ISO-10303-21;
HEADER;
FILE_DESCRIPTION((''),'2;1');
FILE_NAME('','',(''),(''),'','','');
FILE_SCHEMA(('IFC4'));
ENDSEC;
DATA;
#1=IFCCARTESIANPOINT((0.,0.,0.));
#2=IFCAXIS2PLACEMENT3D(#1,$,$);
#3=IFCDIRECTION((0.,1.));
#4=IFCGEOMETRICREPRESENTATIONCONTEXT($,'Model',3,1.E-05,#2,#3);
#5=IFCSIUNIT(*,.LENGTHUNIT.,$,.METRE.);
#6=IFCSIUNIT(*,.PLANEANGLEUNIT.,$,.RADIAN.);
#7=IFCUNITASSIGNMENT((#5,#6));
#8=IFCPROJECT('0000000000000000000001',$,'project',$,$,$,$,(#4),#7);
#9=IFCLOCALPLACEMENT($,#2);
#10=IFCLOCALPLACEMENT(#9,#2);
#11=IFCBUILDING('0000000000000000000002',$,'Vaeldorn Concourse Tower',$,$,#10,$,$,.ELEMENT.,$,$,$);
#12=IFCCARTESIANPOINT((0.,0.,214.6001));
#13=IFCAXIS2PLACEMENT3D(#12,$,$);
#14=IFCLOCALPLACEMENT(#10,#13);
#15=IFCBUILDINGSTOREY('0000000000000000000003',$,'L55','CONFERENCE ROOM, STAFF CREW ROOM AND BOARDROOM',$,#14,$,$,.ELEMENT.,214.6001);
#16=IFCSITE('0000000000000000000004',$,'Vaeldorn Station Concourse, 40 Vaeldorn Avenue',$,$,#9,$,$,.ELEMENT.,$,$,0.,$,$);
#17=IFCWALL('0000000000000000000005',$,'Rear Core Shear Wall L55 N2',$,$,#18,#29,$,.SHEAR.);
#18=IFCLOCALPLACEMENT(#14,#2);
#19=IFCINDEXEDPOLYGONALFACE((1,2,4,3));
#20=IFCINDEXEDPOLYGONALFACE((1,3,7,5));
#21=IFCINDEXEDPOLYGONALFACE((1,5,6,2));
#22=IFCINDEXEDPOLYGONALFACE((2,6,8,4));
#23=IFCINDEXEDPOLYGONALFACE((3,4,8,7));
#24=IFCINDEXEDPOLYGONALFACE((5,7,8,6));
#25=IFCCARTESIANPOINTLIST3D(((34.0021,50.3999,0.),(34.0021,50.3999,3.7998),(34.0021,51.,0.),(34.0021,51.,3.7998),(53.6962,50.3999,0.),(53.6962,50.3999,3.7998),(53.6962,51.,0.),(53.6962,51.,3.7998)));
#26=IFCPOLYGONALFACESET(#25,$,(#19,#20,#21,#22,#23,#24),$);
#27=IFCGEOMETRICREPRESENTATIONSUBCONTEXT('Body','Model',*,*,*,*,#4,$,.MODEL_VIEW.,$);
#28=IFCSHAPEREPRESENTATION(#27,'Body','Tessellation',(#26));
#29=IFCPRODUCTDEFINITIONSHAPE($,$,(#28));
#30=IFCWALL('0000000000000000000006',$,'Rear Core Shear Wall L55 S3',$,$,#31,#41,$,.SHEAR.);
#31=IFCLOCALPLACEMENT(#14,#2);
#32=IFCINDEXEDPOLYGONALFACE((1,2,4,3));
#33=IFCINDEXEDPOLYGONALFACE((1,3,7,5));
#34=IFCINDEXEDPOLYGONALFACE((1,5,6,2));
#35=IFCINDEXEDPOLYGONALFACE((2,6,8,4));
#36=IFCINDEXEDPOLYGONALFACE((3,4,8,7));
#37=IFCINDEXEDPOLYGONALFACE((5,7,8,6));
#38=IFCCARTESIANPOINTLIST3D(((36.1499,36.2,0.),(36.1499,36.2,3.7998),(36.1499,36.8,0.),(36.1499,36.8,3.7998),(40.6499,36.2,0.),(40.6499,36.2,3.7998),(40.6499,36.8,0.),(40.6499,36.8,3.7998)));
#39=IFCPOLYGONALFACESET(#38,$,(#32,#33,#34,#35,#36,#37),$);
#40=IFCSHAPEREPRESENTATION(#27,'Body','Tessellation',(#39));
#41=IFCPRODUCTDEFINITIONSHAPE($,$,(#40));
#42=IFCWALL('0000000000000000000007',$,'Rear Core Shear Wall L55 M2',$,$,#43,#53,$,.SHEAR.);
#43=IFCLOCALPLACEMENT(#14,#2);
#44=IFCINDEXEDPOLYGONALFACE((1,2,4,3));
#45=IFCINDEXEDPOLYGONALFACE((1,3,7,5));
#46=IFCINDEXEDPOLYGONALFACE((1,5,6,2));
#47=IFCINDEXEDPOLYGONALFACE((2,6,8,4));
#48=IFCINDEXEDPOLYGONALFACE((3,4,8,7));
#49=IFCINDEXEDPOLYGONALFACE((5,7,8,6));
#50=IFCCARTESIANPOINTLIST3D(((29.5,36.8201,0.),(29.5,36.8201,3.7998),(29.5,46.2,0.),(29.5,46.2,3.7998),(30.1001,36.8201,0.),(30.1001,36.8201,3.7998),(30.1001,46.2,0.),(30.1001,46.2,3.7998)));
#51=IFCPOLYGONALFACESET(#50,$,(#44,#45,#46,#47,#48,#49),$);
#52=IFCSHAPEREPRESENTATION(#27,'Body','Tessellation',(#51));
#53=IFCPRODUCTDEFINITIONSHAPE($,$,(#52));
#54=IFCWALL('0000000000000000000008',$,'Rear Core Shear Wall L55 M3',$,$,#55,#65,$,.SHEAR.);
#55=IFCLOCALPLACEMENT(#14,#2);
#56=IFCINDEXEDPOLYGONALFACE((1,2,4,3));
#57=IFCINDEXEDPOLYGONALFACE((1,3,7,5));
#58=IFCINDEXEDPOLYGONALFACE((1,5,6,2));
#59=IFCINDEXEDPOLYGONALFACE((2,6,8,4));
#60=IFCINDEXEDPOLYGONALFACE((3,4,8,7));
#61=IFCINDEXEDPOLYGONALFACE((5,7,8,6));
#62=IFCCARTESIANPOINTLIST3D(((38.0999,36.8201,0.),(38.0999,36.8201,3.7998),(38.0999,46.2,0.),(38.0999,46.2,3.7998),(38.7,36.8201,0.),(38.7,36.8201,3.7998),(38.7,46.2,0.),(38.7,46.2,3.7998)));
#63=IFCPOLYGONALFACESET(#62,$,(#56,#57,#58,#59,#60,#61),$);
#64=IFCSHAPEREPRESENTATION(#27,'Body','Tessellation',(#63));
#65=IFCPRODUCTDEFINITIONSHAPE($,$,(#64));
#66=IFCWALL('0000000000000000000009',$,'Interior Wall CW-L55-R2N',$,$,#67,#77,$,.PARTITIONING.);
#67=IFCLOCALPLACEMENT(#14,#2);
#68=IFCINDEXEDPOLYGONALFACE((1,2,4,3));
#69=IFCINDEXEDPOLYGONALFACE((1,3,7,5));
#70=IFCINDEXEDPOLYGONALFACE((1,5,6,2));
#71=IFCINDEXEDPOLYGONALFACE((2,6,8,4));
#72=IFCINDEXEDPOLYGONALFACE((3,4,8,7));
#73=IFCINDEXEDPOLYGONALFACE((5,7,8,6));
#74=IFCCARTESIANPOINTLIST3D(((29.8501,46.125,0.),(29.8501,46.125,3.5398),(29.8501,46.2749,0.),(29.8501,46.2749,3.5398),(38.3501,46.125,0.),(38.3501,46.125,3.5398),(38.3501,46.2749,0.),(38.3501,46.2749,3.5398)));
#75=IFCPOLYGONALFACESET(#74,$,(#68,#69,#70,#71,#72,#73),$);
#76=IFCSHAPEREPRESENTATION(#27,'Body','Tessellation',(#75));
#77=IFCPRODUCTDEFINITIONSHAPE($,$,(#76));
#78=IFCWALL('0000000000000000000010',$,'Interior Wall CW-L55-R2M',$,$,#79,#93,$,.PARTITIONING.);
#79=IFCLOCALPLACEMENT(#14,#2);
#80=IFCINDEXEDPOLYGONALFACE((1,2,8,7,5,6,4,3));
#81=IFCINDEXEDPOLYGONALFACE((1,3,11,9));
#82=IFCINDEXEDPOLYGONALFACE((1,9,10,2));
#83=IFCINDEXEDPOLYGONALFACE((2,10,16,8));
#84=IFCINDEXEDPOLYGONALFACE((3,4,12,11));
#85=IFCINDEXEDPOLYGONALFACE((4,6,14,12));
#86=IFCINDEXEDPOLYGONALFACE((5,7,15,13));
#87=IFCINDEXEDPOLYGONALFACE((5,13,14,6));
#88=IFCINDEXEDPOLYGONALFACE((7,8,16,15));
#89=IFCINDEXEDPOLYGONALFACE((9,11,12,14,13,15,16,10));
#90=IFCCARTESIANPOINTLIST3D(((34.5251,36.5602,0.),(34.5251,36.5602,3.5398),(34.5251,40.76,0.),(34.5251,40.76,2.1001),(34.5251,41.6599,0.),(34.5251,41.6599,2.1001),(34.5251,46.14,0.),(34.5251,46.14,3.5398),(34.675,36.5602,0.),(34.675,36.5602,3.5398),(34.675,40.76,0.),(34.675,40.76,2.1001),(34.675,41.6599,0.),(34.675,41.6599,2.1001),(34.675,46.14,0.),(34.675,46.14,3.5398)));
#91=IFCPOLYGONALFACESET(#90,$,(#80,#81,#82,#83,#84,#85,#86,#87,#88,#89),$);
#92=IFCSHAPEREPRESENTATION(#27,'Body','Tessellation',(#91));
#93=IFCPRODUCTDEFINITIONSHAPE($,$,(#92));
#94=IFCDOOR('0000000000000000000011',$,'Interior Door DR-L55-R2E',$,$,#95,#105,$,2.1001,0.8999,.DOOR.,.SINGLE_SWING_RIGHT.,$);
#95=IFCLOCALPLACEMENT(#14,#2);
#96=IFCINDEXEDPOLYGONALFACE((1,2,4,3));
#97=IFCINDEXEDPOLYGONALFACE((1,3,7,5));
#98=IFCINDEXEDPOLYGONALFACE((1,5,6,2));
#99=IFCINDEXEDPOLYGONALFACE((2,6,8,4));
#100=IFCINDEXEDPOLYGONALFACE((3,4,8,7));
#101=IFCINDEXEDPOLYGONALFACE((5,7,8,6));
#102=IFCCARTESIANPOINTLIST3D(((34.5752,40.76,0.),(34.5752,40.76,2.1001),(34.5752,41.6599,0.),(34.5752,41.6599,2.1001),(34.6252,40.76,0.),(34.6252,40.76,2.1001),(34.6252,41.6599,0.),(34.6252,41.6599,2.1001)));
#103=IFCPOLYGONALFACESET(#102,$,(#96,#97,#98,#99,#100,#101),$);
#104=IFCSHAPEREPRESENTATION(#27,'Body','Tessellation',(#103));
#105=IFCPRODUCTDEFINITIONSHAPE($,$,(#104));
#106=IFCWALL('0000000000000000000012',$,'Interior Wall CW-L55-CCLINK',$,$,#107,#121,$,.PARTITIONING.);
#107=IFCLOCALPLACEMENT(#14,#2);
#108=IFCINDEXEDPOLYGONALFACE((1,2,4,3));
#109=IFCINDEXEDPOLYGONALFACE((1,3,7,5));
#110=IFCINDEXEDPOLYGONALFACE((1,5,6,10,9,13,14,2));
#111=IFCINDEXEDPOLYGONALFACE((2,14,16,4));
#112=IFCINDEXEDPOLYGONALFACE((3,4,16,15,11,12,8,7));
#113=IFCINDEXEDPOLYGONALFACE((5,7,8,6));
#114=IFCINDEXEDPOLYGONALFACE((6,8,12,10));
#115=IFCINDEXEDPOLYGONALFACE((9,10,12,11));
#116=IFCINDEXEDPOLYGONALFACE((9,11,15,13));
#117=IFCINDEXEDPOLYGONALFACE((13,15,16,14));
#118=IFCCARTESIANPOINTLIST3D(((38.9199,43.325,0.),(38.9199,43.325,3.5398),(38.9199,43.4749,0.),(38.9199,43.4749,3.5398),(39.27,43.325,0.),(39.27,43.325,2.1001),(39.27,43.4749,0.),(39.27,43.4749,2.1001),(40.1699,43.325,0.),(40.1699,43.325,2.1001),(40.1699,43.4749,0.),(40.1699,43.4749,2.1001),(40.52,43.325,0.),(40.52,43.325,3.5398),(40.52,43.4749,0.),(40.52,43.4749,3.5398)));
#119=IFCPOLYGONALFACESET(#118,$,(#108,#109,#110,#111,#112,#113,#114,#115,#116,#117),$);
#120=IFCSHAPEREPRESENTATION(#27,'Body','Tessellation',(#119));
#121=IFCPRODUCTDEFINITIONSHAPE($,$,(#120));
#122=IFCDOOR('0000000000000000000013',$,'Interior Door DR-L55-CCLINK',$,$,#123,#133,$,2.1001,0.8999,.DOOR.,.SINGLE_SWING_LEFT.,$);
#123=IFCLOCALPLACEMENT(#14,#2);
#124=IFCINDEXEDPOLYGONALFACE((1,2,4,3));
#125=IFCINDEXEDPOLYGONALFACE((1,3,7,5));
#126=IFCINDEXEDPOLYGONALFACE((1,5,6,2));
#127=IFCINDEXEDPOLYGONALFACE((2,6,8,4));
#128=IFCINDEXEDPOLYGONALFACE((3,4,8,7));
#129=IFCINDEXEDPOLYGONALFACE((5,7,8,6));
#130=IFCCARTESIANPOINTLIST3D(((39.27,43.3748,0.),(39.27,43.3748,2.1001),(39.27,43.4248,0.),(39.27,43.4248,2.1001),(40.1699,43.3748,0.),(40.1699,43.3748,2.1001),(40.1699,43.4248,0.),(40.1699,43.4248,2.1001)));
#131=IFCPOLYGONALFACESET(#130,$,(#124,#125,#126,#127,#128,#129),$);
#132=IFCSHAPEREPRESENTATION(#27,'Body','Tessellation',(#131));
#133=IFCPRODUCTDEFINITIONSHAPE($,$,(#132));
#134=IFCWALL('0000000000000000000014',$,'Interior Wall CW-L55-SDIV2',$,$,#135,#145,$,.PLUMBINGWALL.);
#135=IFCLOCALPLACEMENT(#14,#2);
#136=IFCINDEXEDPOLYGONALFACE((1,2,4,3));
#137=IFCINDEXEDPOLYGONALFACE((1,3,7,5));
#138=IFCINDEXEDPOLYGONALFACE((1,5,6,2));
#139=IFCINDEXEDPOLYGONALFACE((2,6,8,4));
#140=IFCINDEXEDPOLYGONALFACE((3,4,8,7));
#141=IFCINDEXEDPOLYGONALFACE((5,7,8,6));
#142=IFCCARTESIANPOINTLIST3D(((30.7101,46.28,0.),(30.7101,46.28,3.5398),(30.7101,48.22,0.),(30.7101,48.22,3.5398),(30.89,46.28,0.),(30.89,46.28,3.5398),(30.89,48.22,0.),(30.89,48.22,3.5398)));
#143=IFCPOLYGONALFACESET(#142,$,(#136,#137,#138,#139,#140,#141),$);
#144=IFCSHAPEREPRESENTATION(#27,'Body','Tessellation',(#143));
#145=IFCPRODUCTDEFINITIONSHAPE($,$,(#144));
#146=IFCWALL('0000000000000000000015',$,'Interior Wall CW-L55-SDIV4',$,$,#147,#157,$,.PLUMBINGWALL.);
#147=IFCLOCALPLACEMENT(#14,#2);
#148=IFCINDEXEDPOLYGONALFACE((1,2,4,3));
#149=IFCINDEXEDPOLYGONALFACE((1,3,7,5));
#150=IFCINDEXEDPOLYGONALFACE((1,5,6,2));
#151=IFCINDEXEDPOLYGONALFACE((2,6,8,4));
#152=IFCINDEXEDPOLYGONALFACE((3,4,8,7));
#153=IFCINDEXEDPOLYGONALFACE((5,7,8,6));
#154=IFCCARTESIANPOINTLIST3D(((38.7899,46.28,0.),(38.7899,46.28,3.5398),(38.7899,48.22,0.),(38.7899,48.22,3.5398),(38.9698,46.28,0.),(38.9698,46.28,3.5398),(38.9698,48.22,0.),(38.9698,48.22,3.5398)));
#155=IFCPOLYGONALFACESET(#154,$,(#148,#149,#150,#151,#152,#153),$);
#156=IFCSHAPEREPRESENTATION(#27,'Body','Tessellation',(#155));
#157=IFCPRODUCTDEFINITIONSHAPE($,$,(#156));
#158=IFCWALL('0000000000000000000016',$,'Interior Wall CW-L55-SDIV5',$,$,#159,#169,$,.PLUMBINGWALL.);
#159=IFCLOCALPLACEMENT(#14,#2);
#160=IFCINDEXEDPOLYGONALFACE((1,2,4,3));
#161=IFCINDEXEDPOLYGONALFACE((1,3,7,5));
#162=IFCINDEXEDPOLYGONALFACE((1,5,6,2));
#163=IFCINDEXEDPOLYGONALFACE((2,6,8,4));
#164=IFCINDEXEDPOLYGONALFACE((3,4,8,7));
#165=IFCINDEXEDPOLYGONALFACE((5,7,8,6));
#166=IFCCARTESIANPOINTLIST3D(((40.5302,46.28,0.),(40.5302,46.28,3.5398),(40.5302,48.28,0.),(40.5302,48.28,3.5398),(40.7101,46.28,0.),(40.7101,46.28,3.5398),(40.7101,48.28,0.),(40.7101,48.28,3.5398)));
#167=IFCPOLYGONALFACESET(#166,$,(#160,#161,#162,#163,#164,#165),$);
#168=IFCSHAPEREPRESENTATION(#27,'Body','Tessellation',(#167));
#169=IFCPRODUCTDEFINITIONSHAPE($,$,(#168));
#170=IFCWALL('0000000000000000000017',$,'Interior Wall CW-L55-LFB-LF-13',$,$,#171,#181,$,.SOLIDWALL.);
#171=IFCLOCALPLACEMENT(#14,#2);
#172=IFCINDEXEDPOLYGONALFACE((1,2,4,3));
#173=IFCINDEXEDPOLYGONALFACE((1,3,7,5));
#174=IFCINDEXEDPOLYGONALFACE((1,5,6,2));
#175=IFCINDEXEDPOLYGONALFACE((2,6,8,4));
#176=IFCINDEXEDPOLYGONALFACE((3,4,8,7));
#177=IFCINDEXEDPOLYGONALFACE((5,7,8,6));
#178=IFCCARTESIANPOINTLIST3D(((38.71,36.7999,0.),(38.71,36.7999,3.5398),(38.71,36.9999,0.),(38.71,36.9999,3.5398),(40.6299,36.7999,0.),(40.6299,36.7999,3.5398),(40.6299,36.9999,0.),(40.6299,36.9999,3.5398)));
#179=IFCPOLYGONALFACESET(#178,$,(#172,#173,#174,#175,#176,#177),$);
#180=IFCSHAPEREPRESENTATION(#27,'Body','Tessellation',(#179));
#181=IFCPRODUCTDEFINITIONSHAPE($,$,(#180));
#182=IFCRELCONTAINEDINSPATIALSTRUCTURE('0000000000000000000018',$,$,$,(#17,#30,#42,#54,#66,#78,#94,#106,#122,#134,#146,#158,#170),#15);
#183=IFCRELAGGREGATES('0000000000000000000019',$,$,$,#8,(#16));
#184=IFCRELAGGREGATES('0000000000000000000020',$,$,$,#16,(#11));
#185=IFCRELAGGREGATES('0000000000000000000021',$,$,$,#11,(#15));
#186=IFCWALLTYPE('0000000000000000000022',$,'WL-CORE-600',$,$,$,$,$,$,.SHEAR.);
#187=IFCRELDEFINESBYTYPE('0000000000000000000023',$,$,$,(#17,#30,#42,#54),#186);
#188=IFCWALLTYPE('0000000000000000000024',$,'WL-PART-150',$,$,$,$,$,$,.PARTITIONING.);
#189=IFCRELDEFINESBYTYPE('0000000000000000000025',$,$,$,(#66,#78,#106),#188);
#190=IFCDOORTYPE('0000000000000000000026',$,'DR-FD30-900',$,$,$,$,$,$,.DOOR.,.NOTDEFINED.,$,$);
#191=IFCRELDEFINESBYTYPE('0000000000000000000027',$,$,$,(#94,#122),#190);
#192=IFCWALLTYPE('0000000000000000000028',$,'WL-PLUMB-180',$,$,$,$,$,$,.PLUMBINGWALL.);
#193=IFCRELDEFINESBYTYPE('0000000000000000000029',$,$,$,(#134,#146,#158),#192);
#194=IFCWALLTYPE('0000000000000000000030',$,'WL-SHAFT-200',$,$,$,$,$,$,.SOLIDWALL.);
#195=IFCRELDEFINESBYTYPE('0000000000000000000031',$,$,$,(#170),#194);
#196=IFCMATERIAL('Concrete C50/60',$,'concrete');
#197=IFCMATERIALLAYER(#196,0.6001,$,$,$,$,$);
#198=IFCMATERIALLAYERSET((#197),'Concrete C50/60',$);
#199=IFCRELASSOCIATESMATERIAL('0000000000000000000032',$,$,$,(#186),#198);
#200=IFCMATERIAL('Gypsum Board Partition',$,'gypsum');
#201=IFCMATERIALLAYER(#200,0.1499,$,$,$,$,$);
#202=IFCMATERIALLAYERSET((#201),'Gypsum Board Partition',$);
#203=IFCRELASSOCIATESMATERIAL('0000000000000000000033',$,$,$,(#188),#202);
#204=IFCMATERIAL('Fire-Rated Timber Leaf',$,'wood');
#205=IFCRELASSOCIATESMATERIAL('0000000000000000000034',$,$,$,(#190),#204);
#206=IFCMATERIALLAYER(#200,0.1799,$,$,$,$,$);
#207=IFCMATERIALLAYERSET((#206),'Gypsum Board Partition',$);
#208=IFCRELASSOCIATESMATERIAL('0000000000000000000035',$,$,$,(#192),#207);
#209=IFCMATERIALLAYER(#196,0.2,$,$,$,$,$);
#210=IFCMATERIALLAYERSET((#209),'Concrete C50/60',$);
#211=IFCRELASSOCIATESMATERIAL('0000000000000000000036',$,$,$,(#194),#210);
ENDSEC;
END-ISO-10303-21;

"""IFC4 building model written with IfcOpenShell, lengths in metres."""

from ifc_helpers import new_model, si_unit, direction, frame, frame_2d, origin, place, context, subcontext, project, spatial, rectangle, extrude, source, transform, mapped, material, layer, layer_set, type_object, element, fill, save


model = new_model("IFC4")

# Units and contexts
model_context = context("Model", 3, precision=1e-05, world=origin(), true_north=direction((0.0, 1.0)))
body_context = subcontext(model_context, "Body", "Model", "MODEL_VIEW")
ifc_project = project(units=[si_unit("LENGTHUNIT", "METRE"), si_unit("PLANEANGLEUNIT", "RADIAN")], contexts=[model_context])

# Site, building, storey
site_placement = place(None, origin())
site = spatial("IfcSite", under=ifc_project, at=site_placement, Name="Vaeldorn Station Concourse, 40 Vaeldorn Avenue", CompositionType="ELEMENT", RefElevation=0.0)
building_placement = place(site_placement, origin())
building = spatial("IfcBuilding", under=site, at=building_placement, Name="Vaeldorn Concourse Tower", CompositionType="ELEMENT")
storey_placement = place(building_placement, frame((0.0, 0.0, 214.6001)))
storey = spatial("IfcBuildingStorey", under=building, at=storey_placement, Name="L55", Description="CONFERENCE ROOM, STAFF CREW ROOM AND BOARDROOM", CompositionType="ELEMENT", Elevation=214.6001)

# Walls
ifc_material_1 = material(Name="Concrete C50/60", Category="concrete")
ifc_layer_1 = layer(ifc_material_1, 0.6001)
ifc_layer_set_1 = layer_set([ifc_layer_1], Name="Concrete C50/60")
wall_type_1 = type_object("IfcWallType", Name="WL-CORE-600", PredefinedType="SHEAR", material=ifc_layer_set_1)
wall_1_placement = place(storey_placement, frame((34.002, 50.7, 0.0), z_axis=(0.0, 0.0, 1.0), x_axis=(1.0, 0.0, 0.0)))
element("IfcWall", 1, at=wall_1_placement, inside=storey, type_object=wall_type_1, Name="Rear Core Shear Wall L55 N2", PredefinedType="SHEAR", context=body_context, shape_type="SweptSolid", body=[
    extrude(rectangle(XDim=19.6941, YDim=0.6001, at=frame_2d((9.8472, 0.0))), origin(), (0.0, 0.0, 1.0), 3.7998),
])
wall_2_placement = place(storey_placement, frame((36.1499, 36.5, 0.0), z_axis=(0.0, 0.0, 1.0), x_axis=(1.0, 0.0, 0.0)))
element("IfcWall", 2, at=wall_2_placement, inside=storey, type_object=wall_type_1, Name="Rear Core Shear Wall L55 S3", PredefinedType="SHEAR", context=body_context, shape_type="SweptSolid", body=[
    extrude(rectangle(XDim=4.5, YDim=0.6001, at=frame_2d((2.25, 0.0))), origin(), (0.0, 0.0, 1.0), 3.7998),
])
for number, where, z_axis, x_axis, name in (
    (3, (29.8, 36.8201, 0.0), (0.0, 0.0, 1.0), (0.0, 1.0, 0.0), "Rear Core Shear Wall L55 M2"),
    (4, (38.3999, 36.8201, 0.0), (0.0, 0.0, 1.0), (0.0, 1.0, 0.0), "Rear Core Shear Wall L55 M3"),
):
    element("IfcWall", number, at=place(storey_placement, frame(where, z_axis=z_axis, x_axis=x_axis)), inside=storey, type_object=wall_type_1, Name=name, PredefinedType="SHEAR", context=body_context, shape_type="SweptSolid", body=[
        extrude(rectangle(XDim=9.3799, YDim=0.6001, at=frame_2d((4.6899, 0.0))), origin(), (0.0, 0.0, 1.0), 3.7998),
    ])
ifc_material_2 = material(Name="Gypsum Board Partition", Category="gypsum")
ifc_layer_2 = layer(ifc_material_2, 0.1499)
ifc_layer_set_2 = layer_set([ifc_layer_2], Name="Gypsum Board Partition")
wall_type_2 = type_object("IfcWallType", Name="WL-PART-150", PredefinedType="PARTITIONING", material=ifc_layer_set_2)
wall_3_placement = place(storey_placement, frame((29.8501, 46.2, 0.0), z_axis=(0.0, 0.0, 1.0), x_axis=(1.0, 0.0, 0.0)))
element("IfcWall", 5, at=wall_3_placement, inside=storey, type_object=wall_type_2, Name="Interior Wall CW-L55-R2N", PredefinedType="PARTITIONING", context=body_context, shape_type="SweptSolid", body=[
    extrude(rectangle(XDim=8.5, YDim=0.1499, at=frame_2d((4.25, 0.0))), origin(), (0.0, 0.0, 1.0), 3.5398),
])

# Walls, openings, doors
wall_4_placement = place(storey_placement, frame((34.6001, 36.5601, 0.0), z_axis=(0.0, 0.0, 1.0), x_axis=(0.0, 1.0, 0.0)))
wall_4 = element("IfcWall", 6, at=wall_4_placement, inside=storey, type_object=wall_type_2, Name="Interior Wall CW-L55-R2M", PredefinedType="PARTITIONING", context=body_context, shape_type="SweptSolid", body=[
    extrude(rectangle(XDim=9.5798, YDim=0.1499, at=frame_2d((4.79, 0.0))), origin(), (0.0, 0.0, 1.0), 3.5398),
])
opening_1_placement = place(wall_4_placement, frame((4.2, 0.0, 0.0)))
opening_1 = element("IfcOpeningElement", 7, at=opening_1_placement, cuts=wall_4, PredefinedType="OPENING", context=body_context, shape_type="SweptSolid", body=[
    extrude(rectangle(XDim=0.8999, YDim=2.1001, at=frame_2d((0.45, 1.05))), frame((0.0, 0.085, 0.0), z_axis=(0.0, -1.0, 0.0), x_axis=(1.0, 0.0, 0.0)), (0.0, 0.0, 1.0), 0.1699),
])
ifc_material_3 = material(Name="Fire-Rated Timber Leaf", Category="wood")
door_type_1 = type_object("IfcDoorType", Name="DR-FD30-900", OperationType="NOTDEFINED", PredefinedType="DOOR", material=ifc_material_3)
shared_shape_1 = source(origin(), body_context, "Body", "SweptSolid", [
    extrude(rectangle(XDim=0.8999, YDim=2.1001, at=frame_2d((0.45, 1.05))), frame((0.0, 0.0249, 0.0), z_axis=(0.0, -1.0, 0.0), x_axis=(1.0, 0.0, 0.0)), (0.0, 0.0, 1.0), 0.05),
])
door_1_placement = place(opening_1_placement, origin())
door_1 = element("IfcDoor", 8, at=door_1_placement, inside=storey, type_object=door_type_1, Name="Interior Door DR-L55-R2E", OperationType="SINGLE_SWING_RIGHT", OverallHeight=2.1001, OverallWidth=0.8999, PredefinedType="DOOR", context=body_context, shape_type="MappedRepresentation", body=[
    mapped(shared_shape_1, transform((0.0, 0.0, 0.0), scale=1.0)),
])
fill(opening_1, door_1)
wall_5_placement = place(storey_placement, frame((38.9199, 43.3999, 0.0), z_axis=(0.0, 0.0, 1.0), x_axis=(1.0, 0.0, 0.0)))
wall_5 = element("IfcWall", 9, at=wall_5_placement, inside=storey, type_object=wall_type_2, Name="Interior Wall CW-L55-CCLINK", PredefinedType="PARTITIONING", context=body_context, shape_type="SweptSolid", body=[
    extrude(rectangle(XDim=1.6001, YDim=0.1499, at=frame_2d((0.8, 0.0))), origin(), (0.0, 0.0, 1.0), 3.5398),
])
opening_2_placement = place(wall_5_placement, frame((0.3501, 0.0, 0.0)))
opening_2 = element("IfcOpeningElement", 10, at=opening_2_placement, cuts=wall_5, PredefinedType="OPENING", context=body_context, shape_type="SweptSolid", body=[
    extrude(rectangle(XDim=0.8999, YDim=2.1001, at=frame_2d((0.45, 1.05))), frame((0.0, 0.085, 0.0), z_axis=(0.0, -1.0, 0.0), x_axis=(1.0, 0.0, 0.0)), (0.0, 0.0, 1.0), 0.1699),
])
door_2_placement = place(opening_2_placement, origin())
door_2 = element("IfcDoor", 11, at=door_2_placement, inside=storey, type_object=door_type_1, Name="Interior Door DR-L55-CCLINK", OperationType="SINGLE_SWING_LEFT", OverallHeight=2.1001, OverallWidth=0.8999, PredefinedType="DOOR", context=body_context, shape_type="MappedRepresentation", body=[
    mapped(shared_shape_1, transform((0.0, 0.0, 0.0), scale=1.0)),
])
fill(opening_2, door_2)

# Walls
ifc_layer_3 = layer(ifc_material_2, 0.1799)
ifc_layer_set_3 = layer_set([ifc_layer_3], Name="Gypsum Board Partition")
wall_type_3 = type_object("IfcWallType", Name="WL-PLUMB-180", PredefinedType="PLUMBINGWALL", material=ifc_layer_set_3)
for number, where, z_axis, x_axis, name in (
    (12, (30.8, 46.28, 0.0), (0.0, 0.0, 1.0), (0.0, 1.0, 0.0), "Interior Wall CW-L55-SDIV2"),
    (13, (38.8799, 46.28, 0.0), (0.0, 0.0, 1.0), (0.0, 1.0, 0.0), "Interior Wall CW-L55-SDIV4"),
):
    element("IfcWall", number, at=place(storey_placement, frame(where, z_axis=z_axis, x_axis=x_axis)), inside=storey, type_object=wall_type_3, Name=name, PredefinedType="PLUMBINGWALL", context=body_context, shape_type="SweptSolid", body=[
        extrude(rectangle(XDim=1.9399, YDim=0.1799, at=frame_2d((0.97, 0.0))), origin(), (0.0, 0.0, 1.0), 3.5398),
    ])
wall_6_placement = place(storey_placement, frame((40.6201, 46.28, 0.0), z_axis=(0.0, 0.0, 1.0), x_axis=(0.0, 1.0, 0.0)))
element("IfcWall", 14, at=wall_6_placement, inside=storey, type_object=wall_type_3, Name="Interior Wall CW-L55-SDIV5", PredefinedType="PLUMBINGWALL", context=body_context, shape_type="SweptSolid", body=[
    extrude(rectangle(XDim=2.0, YDim=0.1799, at=frame_2d((1.0, 0.0))), origin(), (0.0, 0.0, 1.0), 3.5398),
])

# Shared definitions
ifc_layer_4 = layer(ifc_material_1, 0.2)
ifc_layer_set_4 = layer_set([ifc_layer_4], Name="Concrete C50/60")
wall_type_4 = type_object("IfcWallType", Name="WL-SHAFT-200", PredefinedType="SOLIDWALL", material=ifc_layer_set_4)

# Wall
wall_7_placement = place(storey_placement, frame((38.71, 36.8999, 0.0), z_axis=(0.0, 0.0, 1.0), x_axis=(1.0, 0.0, 0.0)))
element("IfcWall", 15, at=wall_7_placement, inside=storey, type_object=wall_type_4, Name="Interior Wall CW-L55-LFB-LF-13", PredefinedType="SOLIDWALL", context=body_context, shape_type="SweptSolid", body=[
    extrude(rectangle(XDim=1.9199, YDim=0.2, at=frame_2d((0.96, 0.0))), origin(), (0.0, 0.0, 1.0), 3.5398),
])

save(model, "model.ifc")
